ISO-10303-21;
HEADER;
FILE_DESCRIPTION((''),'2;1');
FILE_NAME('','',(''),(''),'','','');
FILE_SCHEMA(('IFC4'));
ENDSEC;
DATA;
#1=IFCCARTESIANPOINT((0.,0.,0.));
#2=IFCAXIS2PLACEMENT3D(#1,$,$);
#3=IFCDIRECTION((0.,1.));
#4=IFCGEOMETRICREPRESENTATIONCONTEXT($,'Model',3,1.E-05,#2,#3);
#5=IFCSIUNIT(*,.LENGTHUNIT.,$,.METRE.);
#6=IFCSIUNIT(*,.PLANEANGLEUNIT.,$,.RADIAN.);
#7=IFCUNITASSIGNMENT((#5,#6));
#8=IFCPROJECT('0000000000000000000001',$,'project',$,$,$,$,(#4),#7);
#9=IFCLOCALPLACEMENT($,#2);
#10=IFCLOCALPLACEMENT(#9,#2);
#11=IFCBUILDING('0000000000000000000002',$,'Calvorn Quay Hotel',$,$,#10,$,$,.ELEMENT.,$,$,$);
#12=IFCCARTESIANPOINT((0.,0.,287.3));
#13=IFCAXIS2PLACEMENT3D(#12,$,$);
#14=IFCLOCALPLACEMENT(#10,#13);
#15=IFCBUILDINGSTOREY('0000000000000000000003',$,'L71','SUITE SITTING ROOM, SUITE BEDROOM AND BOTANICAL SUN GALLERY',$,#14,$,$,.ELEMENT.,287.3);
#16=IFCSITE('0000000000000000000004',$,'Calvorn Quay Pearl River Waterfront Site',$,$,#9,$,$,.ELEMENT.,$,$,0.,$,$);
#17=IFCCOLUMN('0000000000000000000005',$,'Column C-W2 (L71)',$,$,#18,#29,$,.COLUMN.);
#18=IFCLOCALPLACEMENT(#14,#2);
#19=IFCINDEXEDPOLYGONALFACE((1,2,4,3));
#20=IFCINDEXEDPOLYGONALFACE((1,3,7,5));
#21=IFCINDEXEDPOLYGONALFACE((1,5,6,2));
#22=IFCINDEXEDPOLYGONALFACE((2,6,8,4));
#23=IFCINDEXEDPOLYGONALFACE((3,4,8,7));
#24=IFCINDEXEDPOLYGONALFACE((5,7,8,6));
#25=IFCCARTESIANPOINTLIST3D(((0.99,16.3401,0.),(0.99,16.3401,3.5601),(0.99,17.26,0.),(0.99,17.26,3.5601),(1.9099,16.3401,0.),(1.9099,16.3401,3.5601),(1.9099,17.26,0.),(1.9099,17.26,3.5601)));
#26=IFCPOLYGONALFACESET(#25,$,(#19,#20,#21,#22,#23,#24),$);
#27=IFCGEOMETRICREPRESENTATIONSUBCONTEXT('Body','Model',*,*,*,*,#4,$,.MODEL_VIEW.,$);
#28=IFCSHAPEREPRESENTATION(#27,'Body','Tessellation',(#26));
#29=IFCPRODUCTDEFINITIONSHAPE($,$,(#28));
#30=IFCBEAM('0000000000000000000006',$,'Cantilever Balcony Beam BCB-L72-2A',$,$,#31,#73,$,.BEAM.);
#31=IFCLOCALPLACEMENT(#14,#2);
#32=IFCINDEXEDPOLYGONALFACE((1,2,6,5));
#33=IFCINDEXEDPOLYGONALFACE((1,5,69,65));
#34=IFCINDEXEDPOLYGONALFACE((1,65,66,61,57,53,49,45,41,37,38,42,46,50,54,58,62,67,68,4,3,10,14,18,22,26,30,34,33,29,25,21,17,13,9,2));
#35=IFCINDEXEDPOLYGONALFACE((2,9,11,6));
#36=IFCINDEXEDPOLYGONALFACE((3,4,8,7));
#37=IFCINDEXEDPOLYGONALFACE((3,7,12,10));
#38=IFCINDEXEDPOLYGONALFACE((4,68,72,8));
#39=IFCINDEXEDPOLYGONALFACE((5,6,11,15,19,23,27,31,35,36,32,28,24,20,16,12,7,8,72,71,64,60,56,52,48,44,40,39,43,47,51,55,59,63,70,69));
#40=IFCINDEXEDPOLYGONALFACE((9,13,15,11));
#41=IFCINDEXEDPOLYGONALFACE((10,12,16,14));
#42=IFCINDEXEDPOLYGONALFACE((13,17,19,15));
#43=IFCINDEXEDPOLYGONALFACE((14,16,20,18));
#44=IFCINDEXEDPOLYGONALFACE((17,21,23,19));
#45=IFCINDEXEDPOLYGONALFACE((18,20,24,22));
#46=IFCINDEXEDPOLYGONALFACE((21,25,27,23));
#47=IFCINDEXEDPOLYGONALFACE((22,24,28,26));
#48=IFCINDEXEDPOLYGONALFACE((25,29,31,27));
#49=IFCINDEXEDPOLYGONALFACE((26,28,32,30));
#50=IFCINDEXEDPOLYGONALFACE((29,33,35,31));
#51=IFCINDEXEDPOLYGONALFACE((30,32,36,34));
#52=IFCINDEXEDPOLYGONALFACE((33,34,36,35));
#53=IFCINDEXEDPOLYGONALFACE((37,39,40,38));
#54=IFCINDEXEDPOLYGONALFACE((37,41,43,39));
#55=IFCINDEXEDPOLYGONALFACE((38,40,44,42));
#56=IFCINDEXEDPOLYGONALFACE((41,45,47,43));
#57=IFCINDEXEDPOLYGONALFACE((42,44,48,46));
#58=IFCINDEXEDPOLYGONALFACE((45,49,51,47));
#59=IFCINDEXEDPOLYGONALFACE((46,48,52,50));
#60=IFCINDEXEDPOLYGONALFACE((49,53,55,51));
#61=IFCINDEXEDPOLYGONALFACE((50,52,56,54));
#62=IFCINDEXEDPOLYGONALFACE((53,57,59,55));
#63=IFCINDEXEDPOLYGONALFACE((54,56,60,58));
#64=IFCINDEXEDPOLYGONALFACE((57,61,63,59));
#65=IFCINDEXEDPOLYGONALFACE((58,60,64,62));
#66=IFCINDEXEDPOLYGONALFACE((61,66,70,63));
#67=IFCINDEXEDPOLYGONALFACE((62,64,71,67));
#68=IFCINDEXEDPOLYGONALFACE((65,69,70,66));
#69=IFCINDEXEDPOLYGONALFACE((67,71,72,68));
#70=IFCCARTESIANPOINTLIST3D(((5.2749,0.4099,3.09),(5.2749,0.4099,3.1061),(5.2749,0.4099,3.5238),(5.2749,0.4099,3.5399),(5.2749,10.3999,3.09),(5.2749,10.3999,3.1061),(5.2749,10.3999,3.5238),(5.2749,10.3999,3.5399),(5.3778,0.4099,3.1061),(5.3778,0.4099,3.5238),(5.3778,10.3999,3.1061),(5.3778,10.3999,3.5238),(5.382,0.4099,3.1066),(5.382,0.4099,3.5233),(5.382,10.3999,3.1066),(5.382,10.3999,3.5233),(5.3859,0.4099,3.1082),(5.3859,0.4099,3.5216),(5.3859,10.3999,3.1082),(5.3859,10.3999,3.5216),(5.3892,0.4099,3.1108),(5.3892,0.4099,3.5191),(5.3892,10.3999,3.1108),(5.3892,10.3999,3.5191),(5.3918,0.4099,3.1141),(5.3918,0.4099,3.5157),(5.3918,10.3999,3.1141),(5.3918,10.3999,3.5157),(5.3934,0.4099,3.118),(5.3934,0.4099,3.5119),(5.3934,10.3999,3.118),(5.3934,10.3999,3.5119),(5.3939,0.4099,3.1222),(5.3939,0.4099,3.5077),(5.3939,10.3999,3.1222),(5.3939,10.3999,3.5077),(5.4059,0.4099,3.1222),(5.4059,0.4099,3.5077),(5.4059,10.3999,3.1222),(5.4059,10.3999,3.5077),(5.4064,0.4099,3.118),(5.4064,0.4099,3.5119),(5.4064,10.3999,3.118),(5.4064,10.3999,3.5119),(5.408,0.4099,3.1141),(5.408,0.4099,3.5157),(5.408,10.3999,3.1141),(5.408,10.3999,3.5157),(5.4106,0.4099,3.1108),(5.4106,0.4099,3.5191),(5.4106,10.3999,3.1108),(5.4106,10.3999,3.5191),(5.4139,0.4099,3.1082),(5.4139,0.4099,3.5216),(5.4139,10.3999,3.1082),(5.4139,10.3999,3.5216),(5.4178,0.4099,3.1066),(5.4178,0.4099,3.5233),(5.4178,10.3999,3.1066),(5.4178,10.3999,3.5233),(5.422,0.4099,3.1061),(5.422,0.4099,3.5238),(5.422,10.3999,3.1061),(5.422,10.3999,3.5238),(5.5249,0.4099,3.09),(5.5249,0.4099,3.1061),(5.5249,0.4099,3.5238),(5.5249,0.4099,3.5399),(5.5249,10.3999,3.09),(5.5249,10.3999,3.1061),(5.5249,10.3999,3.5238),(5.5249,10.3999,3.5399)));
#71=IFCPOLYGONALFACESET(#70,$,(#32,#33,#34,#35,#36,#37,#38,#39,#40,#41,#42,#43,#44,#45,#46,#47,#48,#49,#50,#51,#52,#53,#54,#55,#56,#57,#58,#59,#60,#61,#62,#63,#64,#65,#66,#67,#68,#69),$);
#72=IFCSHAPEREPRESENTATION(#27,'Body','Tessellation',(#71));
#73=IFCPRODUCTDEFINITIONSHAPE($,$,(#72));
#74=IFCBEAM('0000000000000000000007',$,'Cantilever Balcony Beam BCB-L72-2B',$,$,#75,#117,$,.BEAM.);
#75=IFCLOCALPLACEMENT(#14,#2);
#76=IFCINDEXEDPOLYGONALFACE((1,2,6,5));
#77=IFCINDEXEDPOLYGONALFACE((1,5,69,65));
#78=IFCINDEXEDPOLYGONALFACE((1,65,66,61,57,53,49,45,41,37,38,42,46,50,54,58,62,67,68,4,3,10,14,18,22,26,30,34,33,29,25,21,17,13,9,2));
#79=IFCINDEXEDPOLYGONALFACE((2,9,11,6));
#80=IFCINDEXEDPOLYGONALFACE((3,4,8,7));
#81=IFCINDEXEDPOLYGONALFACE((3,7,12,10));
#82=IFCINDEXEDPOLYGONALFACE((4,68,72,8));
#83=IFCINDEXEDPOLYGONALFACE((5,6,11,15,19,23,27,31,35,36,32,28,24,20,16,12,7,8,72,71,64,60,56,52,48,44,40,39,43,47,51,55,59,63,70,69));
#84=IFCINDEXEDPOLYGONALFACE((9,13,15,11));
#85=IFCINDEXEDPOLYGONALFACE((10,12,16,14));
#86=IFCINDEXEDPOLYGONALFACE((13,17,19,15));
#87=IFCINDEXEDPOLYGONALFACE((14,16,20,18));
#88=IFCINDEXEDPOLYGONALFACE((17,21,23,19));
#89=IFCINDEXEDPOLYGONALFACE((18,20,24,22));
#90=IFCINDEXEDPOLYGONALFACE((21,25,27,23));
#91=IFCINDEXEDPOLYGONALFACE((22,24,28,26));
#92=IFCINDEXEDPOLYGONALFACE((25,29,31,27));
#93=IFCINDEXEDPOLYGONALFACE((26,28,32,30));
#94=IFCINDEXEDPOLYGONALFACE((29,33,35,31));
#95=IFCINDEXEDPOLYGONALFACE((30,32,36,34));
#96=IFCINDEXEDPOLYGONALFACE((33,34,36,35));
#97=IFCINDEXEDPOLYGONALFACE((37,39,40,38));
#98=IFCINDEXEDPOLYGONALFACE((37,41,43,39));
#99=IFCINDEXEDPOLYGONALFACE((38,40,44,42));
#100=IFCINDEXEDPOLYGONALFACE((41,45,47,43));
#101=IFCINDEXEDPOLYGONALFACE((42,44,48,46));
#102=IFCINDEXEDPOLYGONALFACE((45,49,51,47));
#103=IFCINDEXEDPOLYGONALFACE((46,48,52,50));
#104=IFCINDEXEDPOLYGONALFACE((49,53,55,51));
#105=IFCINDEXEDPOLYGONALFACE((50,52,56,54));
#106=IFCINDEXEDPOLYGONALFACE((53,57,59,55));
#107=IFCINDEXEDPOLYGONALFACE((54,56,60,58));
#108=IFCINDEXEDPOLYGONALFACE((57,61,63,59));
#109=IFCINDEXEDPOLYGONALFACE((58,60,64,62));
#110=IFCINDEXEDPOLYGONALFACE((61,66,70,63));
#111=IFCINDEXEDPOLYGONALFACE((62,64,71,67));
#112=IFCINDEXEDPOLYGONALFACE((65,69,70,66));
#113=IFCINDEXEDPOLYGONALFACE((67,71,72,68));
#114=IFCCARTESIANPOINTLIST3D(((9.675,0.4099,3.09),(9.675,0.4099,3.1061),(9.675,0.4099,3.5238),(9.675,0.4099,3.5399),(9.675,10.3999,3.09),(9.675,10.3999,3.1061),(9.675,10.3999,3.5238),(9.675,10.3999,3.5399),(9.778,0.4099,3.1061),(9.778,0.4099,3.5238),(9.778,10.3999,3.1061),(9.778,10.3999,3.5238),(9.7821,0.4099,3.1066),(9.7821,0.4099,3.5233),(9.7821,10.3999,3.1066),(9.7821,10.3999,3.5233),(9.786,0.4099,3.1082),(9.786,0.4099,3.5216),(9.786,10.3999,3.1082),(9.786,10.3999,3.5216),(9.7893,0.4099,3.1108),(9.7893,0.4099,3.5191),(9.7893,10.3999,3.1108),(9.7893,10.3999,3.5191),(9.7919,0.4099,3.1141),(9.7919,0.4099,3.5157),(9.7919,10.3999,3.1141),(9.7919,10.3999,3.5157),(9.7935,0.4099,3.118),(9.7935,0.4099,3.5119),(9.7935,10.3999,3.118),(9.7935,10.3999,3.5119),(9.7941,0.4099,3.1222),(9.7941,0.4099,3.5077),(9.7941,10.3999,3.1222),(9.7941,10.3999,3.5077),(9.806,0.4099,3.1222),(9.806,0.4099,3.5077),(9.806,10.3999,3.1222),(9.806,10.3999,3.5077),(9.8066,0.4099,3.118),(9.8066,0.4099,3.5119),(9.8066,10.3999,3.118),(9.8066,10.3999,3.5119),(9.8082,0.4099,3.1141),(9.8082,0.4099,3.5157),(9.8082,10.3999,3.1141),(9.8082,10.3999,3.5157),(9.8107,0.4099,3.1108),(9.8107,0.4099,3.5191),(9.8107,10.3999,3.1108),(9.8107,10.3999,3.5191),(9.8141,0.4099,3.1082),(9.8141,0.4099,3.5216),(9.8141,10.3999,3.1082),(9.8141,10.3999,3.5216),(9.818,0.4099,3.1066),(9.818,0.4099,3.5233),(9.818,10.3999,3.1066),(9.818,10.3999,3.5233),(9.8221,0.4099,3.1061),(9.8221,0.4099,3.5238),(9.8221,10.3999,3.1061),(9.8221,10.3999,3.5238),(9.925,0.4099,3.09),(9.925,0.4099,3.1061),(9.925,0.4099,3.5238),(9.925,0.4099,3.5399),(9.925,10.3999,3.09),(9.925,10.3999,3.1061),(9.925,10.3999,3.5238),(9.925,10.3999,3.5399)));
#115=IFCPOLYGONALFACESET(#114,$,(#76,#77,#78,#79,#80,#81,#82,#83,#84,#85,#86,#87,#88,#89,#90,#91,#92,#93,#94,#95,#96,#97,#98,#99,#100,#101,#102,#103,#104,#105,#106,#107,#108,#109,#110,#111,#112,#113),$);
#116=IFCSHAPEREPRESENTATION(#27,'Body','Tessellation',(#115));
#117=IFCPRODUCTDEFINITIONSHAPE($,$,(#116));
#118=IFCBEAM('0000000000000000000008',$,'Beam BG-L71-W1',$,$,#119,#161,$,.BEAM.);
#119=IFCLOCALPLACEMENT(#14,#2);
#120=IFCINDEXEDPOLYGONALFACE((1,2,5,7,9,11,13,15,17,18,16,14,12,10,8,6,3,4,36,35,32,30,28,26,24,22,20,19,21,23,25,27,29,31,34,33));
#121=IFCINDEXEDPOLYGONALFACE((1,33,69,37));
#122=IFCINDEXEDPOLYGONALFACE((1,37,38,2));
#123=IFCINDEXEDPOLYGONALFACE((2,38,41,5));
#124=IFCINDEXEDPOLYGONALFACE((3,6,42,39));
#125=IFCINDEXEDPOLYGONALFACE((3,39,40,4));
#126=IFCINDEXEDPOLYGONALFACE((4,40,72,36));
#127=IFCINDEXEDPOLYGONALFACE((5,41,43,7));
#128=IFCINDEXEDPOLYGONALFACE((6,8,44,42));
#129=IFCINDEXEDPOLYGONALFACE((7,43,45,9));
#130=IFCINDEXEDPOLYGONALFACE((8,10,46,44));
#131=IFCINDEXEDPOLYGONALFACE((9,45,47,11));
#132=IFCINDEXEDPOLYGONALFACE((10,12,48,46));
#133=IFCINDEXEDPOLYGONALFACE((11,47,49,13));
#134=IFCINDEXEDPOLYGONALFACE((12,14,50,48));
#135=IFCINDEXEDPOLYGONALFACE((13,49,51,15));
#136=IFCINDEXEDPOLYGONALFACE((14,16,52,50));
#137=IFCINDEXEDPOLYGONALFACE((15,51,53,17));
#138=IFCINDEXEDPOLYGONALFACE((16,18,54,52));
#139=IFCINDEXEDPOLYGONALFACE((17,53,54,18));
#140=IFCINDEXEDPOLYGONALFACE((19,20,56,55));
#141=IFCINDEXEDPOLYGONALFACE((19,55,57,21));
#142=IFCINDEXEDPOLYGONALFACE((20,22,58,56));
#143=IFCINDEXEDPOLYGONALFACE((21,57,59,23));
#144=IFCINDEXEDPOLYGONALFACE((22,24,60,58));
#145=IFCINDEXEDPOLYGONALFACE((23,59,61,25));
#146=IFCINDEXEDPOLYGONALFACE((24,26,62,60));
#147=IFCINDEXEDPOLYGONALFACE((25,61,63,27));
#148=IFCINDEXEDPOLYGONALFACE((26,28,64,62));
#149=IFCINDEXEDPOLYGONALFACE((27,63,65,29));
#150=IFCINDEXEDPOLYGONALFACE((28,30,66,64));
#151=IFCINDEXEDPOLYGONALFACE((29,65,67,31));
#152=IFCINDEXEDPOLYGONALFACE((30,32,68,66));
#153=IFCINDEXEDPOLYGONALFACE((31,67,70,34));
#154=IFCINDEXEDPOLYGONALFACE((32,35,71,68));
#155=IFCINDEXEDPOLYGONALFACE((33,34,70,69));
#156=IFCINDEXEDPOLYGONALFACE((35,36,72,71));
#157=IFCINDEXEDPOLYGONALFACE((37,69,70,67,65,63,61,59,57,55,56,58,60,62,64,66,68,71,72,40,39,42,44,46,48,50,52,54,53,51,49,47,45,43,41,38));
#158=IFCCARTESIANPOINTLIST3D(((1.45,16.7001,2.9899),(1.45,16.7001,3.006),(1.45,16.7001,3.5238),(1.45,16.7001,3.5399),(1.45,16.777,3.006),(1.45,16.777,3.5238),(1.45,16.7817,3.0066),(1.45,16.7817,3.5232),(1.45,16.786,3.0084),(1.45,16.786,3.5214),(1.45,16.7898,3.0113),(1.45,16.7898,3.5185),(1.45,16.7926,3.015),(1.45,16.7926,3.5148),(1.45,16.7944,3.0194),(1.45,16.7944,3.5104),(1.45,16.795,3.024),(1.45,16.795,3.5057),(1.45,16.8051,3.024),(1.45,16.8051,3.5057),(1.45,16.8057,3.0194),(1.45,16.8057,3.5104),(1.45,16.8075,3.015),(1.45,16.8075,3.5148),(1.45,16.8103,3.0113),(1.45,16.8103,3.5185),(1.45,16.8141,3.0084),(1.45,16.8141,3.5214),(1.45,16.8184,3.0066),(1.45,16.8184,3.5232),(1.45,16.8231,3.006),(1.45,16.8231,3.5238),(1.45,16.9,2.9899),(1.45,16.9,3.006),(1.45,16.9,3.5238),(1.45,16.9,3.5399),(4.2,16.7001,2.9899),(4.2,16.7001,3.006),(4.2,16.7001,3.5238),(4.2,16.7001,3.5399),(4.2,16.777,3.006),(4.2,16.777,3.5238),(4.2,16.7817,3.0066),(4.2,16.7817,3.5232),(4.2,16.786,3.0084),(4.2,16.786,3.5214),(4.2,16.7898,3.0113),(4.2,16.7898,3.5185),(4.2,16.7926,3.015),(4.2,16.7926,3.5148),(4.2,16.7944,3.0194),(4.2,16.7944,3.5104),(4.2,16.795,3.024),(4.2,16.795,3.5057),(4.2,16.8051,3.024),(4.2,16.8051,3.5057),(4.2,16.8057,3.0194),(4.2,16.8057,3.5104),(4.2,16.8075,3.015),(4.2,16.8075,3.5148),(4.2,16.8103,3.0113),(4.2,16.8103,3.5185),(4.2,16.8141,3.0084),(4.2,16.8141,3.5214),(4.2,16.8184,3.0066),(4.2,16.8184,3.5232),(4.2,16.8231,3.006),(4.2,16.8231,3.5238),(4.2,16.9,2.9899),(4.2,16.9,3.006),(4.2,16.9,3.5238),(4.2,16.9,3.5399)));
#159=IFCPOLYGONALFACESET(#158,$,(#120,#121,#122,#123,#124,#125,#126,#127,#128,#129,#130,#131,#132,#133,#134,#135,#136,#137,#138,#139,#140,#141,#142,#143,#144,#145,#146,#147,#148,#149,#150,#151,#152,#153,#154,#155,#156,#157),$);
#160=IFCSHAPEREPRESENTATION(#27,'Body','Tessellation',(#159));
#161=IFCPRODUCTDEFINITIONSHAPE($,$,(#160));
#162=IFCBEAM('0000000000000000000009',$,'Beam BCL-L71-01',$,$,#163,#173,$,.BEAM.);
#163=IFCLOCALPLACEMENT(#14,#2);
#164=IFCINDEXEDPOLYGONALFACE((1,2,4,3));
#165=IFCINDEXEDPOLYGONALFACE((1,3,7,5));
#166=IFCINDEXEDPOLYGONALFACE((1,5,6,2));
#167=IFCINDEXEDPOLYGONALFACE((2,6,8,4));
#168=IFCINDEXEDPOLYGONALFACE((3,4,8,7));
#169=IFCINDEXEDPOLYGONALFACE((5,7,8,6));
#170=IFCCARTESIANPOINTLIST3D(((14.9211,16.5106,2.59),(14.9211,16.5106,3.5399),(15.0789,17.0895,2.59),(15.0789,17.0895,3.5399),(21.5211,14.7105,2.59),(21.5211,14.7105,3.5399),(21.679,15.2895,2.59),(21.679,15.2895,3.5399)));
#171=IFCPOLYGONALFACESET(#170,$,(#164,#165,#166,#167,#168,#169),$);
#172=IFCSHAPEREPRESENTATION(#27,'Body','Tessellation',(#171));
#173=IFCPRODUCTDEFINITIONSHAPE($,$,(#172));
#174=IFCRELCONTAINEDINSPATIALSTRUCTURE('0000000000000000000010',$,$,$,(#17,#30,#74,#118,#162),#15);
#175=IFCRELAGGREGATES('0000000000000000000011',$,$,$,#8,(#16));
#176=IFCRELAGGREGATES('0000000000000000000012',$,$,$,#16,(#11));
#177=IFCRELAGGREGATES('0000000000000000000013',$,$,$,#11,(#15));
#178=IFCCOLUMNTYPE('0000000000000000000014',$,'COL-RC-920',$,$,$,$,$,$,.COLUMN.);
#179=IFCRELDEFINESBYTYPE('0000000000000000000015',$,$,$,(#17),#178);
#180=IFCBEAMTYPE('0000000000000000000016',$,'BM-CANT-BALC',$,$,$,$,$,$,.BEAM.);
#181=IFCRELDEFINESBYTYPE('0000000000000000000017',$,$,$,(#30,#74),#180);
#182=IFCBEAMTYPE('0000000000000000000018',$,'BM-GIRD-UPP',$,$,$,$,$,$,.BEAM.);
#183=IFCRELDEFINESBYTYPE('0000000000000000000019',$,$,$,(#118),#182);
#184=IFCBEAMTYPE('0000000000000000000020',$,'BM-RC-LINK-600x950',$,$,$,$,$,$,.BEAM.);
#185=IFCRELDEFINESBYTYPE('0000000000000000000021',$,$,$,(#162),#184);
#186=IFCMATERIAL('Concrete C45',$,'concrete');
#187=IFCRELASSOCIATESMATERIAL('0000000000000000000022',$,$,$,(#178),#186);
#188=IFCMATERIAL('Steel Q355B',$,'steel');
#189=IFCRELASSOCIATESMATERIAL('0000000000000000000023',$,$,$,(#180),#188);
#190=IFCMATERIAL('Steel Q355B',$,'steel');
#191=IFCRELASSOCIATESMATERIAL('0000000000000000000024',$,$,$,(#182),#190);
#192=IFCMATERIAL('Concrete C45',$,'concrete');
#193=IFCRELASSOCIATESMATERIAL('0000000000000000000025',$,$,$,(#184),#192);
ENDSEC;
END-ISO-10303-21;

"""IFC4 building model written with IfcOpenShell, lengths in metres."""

from ifc_helpers import new_model, si_unit, direction, frame, origin, origin_2d, place, context, subcontext, project, spatial, rectangle, i_section, extrude, material, material_profile, profile_set, type_object, element, save


model = new_model("IFC4")

# Units and contexts
model_context = context("Model", 3, precision=1e-05, world=origin(), true_north=direction((0.0, 1.0)))
body_context = subcontext(model_context, "Body", "Model", "MODEL_VIEW")
ifc_project = project(units=[si_unit("LENGTHUNIT", "METRE"), si_unit("PLANEANGLEUNIT", "RADIAN")], contexts=[model_context])

# Site, building, storey
site_placement = place(None, origin())
site = spatial("IfcSite", under=ifc_project, at=site_placement, Name="Calvorn Quay Pearl River Waterfront Site", CompositionType="ELEMENT", RefElevation=0.0)
building_placement = place(site_placement, origin())
building = spatial("IfcBuilding", under=site, at=building_placement, Name="Calvorn Quay Hotel", CompositionType="ELEMENT")
storey_placement = place(building_placement, frame((0.0, 0.0, 287.3)))
storey = spatial("IfcBuildingStorey", under=building, at=storey_placement, Name="L71", Description="SUITE SITTING ROOM, SUITE BEDROOM AND BOTANICAL SUN GALLERY", CompositionType="ELEMENT", Elevation=287.3)

# Column
ifc_material_1 = material(Name="Concrete C45", Category="concrete")
ifc_material_profile_1 = material_profile(ifc_material_1, rectangle(XDim=0.9199, YDim=0.9199, at=origin_2d()), Name="RC920x920")
ifc_profile_set_1 = profile_set([ifc_material_profile_1], Name="Concrete C45")
column_type = type_object("IfcColumnType", Name="COL-RC-920", PredefinedType="COLUMN", material=ifc_profile_set_1)
column_placement = place(storey_placement, frame((1.45, 16.8, 0.0), z_axis=(0.0, 0.0, 1.0), x_axis=(1.0, 0.0, 0.0)))
element("IfcColumn", 1, at=column_placement, inside=storey, type_object=column_type, Name="Column C-W2 (L71)", PredefinedType="COLUMN", context=body_context, shape_type="SweptSolid", body=[
    extrude(rectangle(XDim=0.9199, YDim=0.9199, at=origin_2d()), origin(), (0.0, 0.0, 1.0), 3.5601),
])

# Beams
ifc_material_2 = material(Name="Steel Q355B", Category="steel")
ifc_material_profile_2 = material_profile(ifc_material_2, i_section(OverallWidth=0.25, OverallDepth=0.45, WebThickness=0.012, FlangeThickness=0.0161, FilletRadius=0.0161, at=origin_2d()), Name="HN450x250x12x16")
ifc_profile_set_2 = profile_set([ifc_material_profile_2], Name="Steel Q355B")
beam_type_1 = type_object("IfcBeamType", Name="BM-CANT-BALC", PredefinedType="BEAM", material=ifc_profile_set_2)
for number, where, z_axis, x_axis, name in (
    (2, (5.3999, 10.3999, 3.3149), (0.0, -1.0, 0.0), (1.0, 0.0, 0.0), "Cantilever Balcony Beam BCB-L72-2A"),
    (3, (9.8, 10.3999, 3.3149), (0.0, -1.0, 0.0), (1.0, 0.0, 0.0), "Cantilever Balcony Beam BCB-L72-2B"),
):
    element("IfcBeam", number, at=place(storey_placement, frame(where, z_axis=z_axis, x_axis=x_axis)), inside=storey, type_object=beam_type_1, Name=name, PredefinedType="BEAM", context=body_context, shape_type="SweptSolid", body=[
        extrude(i_section(OverallWidth=0.25, OverallDepth=0.45, WebThickness=0.012, FlangeThickness=0.0161, FilletRadius=0.0161, at=origin_2d()), origin(), (0.0, 0.0, 1.0), 9.99),
    ])
ifc_material_3 = material(Name="Steel Q355B", Category="steel")
ifc_material_profile_3 = material_profile(ifc_material_3, i_section(OverallWidth=0.2, OverallDepth=0.55, WebThickness=0.01, FlangeThickness=0.0161, FilletRadius=0.0181, at=origin_2d()), Name="HN550x200x10x16")
ifc_profile_set_3 = profile_set([ifc_material_profile_3], Name="Steel Q355B")
beam_type_2 = type_object("IfcBeamType", Name="BM-GIRD-UPP", PredefinedType="BEAM", material=ifc_profile_set_3)
beam_1_placement = place(storey_placement, frame((1.45, 16.8, 3.2649), z_axis=(1.0, 0.0, 0.0), x_axis=(0.0, 1.0, 0.0)))
element("IfcBeam", 4, at=beam_1_placement, inside=storey, type_object=beam_type_2, Name="Beam BG-L71-W1", PredefinedType="BEAM", context=body_context, shape_type="SweptSolid", body=[
    extrude(i_section(OverallWidth=0.2, OverallDepth=0.55, WebThickness=0.01, FlangeThickness=0.0161, FilletRadius=0.0181, at=origin_2d()), origin(), (0.0, 0.0, 1.0), 2.75),
])
ifc_material_4 = material(Name="Concrete C45", Category="concrete")
ifc_material_profile_4 = material_profile(ifc_material_4, rectangle(XDim=0.6001, YDim=0.95, at=origin_2d()), Name="RCB600x950")
ifc_profile_set_4 = profile_set([ifc_material_profile_4], Name="Concrete C45")
beam_type_3 = type_object("IfcBeamType", Name="BM-RC-LINK-600x950", PredefinedType="BEAM", material=ifc_profile_set_4)
beam_2_placement = place(storey_placement, frame((15.0, 16.8, 3.0649), z_axis=(0.964763, -0.26312, 0.0), x_axis=(0.26312, 0.964763, 0.0)))
element("IfcBeam", 5, at=beam_2_placement, inside=storey, type_object=beam_type_3, Name="Beam BCL-L71-01", PredefinedType="BEAM", context=body_context, shape_type="SweptSolid", body=[
    extrude(rectangle(XDim=0.6001, YDim=0.95, at=origin_2d()), origin(), (0.0, 0.0, 1.0), 6.8411),
])

save(model, "model.ifc")
